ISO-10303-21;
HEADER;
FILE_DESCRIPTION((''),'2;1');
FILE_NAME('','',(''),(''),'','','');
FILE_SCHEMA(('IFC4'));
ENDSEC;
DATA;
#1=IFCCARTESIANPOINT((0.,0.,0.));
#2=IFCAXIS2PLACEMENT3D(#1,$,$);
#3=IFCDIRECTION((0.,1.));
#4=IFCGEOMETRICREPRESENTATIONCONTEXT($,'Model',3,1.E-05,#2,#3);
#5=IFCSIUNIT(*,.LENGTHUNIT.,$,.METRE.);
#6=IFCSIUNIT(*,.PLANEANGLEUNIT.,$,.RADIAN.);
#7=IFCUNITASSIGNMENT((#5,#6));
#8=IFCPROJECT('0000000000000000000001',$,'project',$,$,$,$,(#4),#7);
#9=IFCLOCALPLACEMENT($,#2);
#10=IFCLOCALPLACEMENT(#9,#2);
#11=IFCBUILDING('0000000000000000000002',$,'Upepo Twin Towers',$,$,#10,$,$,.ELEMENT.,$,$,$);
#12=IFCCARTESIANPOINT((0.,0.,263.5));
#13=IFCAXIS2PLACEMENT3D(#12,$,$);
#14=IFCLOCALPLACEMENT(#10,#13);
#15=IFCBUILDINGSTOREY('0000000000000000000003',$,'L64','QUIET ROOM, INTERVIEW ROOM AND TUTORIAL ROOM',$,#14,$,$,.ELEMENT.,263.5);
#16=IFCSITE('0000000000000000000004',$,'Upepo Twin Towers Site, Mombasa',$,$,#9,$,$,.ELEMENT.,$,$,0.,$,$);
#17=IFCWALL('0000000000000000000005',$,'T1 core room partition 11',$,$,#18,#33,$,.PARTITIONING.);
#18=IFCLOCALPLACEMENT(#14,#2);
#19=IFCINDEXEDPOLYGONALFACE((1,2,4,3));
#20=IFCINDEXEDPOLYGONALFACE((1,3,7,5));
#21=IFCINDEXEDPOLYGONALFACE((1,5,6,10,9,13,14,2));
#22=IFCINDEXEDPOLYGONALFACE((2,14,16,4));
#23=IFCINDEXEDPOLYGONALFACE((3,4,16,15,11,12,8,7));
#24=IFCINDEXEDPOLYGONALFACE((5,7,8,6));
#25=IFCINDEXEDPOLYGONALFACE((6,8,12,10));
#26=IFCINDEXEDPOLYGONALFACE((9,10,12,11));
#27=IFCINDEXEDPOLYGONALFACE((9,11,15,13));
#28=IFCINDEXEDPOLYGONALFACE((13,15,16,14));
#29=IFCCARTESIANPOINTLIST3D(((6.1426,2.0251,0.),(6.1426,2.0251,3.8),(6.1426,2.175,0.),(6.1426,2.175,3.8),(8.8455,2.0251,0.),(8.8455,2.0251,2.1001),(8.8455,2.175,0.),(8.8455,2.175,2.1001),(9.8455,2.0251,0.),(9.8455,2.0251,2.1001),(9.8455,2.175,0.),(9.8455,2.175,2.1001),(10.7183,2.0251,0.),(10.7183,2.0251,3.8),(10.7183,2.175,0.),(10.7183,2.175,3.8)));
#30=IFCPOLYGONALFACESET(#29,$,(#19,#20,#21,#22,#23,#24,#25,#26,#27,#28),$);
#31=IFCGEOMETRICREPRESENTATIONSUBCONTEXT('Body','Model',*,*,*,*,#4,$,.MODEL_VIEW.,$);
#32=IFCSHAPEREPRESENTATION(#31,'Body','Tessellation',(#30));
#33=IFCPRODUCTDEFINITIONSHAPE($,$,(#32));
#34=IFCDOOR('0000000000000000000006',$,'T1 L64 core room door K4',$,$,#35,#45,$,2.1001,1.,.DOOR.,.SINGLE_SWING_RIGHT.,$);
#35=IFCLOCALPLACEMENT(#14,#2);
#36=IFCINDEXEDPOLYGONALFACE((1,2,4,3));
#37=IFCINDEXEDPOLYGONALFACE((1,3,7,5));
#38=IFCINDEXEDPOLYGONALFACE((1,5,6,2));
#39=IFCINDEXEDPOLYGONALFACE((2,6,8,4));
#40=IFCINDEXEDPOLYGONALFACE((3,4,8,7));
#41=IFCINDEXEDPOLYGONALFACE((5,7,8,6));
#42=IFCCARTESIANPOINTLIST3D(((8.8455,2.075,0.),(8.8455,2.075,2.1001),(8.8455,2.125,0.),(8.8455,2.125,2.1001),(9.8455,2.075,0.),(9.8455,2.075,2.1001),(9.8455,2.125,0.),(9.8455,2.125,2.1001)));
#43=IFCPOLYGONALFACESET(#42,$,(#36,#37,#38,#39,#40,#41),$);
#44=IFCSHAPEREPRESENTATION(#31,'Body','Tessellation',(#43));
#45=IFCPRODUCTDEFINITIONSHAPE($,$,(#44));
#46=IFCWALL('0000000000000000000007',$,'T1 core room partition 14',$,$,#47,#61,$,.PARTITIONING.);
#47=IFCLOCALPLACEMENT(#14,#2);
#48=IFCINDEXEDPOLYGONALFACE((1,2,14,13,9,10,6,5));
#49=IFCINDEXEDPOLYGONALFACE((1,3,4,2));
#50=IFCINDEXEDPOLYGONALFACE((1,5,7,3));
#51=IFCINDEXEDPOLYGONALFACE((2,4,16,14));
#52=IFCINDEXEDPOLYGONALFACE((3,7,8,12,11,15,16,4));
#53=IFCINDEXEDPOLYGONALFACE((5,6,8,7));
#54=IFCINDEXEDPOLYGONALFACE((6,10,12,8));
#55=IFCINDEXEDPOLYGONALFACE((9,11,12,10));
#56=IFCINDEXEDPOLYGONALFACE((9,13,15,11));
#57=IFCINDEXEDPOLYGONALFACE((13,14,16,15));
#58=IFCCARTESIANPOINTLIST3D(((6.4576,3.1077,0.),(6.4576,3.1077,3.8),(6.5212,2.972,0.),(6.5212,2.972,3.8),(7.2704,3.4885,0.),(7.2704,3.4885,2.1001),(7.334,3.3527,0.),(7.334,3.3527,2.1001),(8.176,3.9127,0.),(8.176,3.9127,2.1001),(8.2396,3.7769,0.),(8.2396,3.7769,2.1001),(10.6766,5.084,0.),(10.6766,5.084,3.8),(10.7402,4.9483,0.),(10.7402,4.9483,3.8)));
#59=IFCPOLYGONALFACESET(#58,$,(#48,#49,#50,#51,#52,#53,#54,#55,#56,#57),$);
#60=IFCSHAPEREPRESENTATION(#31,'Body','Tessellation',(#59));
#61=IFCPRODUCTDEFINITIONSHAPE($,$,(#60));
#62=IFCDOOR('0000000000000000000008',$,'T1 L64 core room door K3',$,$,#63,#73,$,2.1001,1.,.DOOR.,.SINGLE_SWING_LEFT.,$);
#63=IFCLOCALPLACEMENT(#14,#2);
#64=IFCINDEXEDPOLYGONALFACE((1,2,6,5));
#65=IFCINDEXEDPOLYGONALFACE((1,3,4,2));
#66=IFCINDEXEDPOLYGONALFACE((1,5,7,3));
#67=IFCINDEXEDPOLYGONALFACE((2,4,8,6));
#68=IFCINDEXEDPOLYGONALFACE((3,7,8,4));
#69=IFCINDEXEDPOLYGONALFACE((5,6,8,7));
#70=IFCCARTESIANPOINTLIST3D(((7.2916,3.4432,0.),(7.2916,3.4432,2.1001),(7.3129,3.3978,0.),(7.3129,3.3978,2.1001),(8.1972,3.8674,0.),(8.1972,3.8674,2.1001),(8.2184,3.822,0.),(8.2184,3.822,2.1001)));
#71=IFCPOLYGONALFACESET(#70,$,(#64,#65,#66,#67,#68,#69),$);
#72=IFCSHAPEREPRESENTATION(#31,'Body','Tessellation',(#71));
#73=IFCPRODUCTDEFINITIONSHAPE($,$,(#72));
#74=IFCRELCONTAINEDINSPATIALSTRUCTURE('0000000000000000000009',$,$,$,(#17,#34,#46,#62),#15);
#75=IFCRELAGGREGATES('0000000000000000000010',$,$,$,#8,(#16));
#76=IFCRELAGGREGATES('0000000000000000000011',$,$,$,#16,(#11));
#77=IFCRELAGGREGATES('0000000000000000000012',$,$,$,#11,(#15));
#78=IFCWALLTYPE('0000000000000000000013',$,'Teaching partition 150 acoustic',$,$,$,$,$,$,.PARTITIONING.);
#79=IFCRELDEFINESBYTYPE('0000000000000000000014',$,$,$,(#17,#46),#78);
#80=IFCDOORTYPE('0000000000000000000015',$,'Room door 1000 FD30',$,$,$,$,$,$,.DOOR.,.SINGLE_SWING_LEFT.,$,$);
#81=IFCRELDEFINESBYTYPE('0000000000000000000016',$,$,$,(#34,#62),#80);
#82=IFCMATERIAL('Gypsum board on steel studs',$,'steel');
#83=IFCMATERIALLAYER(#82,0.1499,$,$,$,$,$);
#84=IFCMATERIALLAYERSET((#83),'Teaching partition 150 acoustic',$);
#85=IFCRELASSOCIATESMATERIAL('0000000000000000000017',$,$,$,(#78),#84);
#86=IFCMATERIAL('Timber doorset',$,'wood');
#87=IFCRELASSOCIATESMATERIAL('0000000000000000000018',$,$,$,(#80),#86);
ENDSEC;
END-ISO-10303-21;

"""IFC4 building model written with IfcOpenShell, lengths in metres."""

from ifc_helpers import new_model, si_unit, direction, frame, frame_2d, origin, place, context, subcontext, project, spatial, rectangle, extrude, material, layer, layer_set, type_object, element, fill, save


model = new_model("IFC4")

# Units and contexts
model_context = context("Model", 3, precision=1e-05, world=origin(), true_north=direction((0.0, 1.0)))
body_context = subcontext(model_context, "Body", "Model", "MODEL_VIEW")
ifc_project = project(units=[si_unit("LENGTHUNIT", "METRE"), si_unit("PLANEANGLEUNIT", "RADIAN")], contexts=[model_context])

# Site, building, storey
site_placement = place(None, origin())
site = spatial("IfcSite", under=ifc_project, at=site_placement, Name="Upepo Twin Towers Site, Mombasa", CompositionType="ELEMENT", RefElevation=0.0)
building_placement = place(site_placement, origin())
building = spatial("IfcBuilding", under=site, at=building_placement, Name="Upepo Twin Towers", CompositionType="ELEMENT")
storey_placement = place(building_placement, frame((0.0, 0.0, 263.5)))
storey = spatial("IfcBuildingStorey", under=building, at=storey_placement, Name="L64", Description="QUIET ROOM, INTERVIEW ROOM AND TUTORIAL ROOM", CompositionType="ELEMENT", Elevation=263.5)

# Shared definitions
ifc_material_1 = material(Name="Gypsum board on steel studs", Category="steel")
ifc_layer_1 = layer(ifc_material_1, 0.1499)
ifc_layer_set_1 = layer_set([ifc_layer_1], Name="Teaching partition 150 acoustic")
wall_type_1 = type_object("IfcWallType", Name="Teaching partition 150 acoustic", PredefinedType="PARTITIONING", material=ifc_layer_set_1)

# Walls, openings, doors
wall_1_placement = place(storey_placement, frame((6.1426, 2.1001, 0.0), z_axis=(0.0, 0.0, 1.0), x_axis=(1.0, 0.0, 0.0)))
wall_1 = element("IfcWall", 1, at=wall_1_placement, inside=storey, type_object=wall_type_1, Name="T1 core room partition 11", PredefinedType="PARTITIONING", context=body_context, shape_type="SweptSolid", body=[
    extrude(rectangle(XDim=4.5757, YDim=0.1499, at=frame_2d((2.2878, 0.0))), origin(), (0.0, 0.0, 1.0), 3.8),
])
opening_1_placement = place(wall_1_placement, frame((2.7029, 0.0, 0.0)))
opening_1 = element("IfcOpeningElement", 2, at=opening_1_placement, cuts=wall_1, PredefinedType="OPENING", context=body_context, shape_type="SweptSolid", body=[
    extrude(rectangle(XDim=1.0, YDim=2.1001, at=frame_2d((0.5, 1.05))), frame((0.0, 0.085, 0.0), z_axis=(0.0, -1.0, 0.0), x_axis=(1.0, 0.0, 0.0)), (0.0, 0.0, 1.0), 0.1699),
])
ifc_material_2 = material(Name="Timber doorset", Category="wood")
door_type_1 = type_object("IfcDoorType", Name="Room door 1000 FD30", OperationType="SINGLE_SWING_LEFT", PredefinedType="DOOR", material=ifc_material_2)
door_1_placement = place(opening_1_placement, origin())
door_1 = element("IfcDoor", 3, at=door_1_placement, inside=storey, type_object=door_type_1, Name="T1 L64 core room door K4", OperationType="SINGLE_SWING_RIGHT", OverallHeight=2.1001, OverallWidth=1.0, PredefinedType="DOOR", context=body_context, shape_type="SweptSolid", body=[
    extrude(rectangle(XDim=1.0, YDim=2.1001, at=frame_2d((0.5, 1.05))), frame((0.0, 0.0249, 0.0), z_axis=(0.0, -1.0, 0.0), x_axis=(1.0, 0.0, 0.0)), (0.0, 0.0, 1.0), 0.05),
])
fill(opening_1, door_1)
wall_2_placement = place(storey_placement, frame((6.4893, 3.0398, 0.0), z_axis=(0.0, 0.0, 1.0), x_axis=(0.905569, 0.424199, 0.0)))
wall_2 = element("IfcWall", 4, at=wall_2_placement, inside=storey, type_object=wall_type_1, Name="T1 core room partition 14", PredefinedType="PARTITIONING", context=body_context, shape_type="SweptSolid", body=[
    extrude(rectangle(XDim=4.6589, YDim=0.1499, at=frame_2d((2.3296, 0.0))), origin(), (0.0, 0.0, 1.0), 3.8),
])
opening_2_placement = place(wall_2_placement, frame((0.8977, 0.0, 0.0)))
opening_2 = element("IfcOpeningElement", 5, at=opening_2_placement, cuts=wall_2, PredefinedType="OPENING", context=body_context, shape_type="SweptSolid", body=[
    extrude(rectangle(XDim=1.0, YDim=2.1001, at=frame_2d((0.5, 1.05))), frame((0.0, 0.085, 0.0), z_axis=(0.0, -1.0, 0.0), x_axis=(1.0, 0.0, 0.0)), (0.0, 0.0, 1.0), 0.1699),
])
door_2_placement = place(opening_2_placement, origin())
door_2 = element("IfcDoor", 6, at=door_2_placement, inside=storey, type_object=door_type_1, Name="T1 L64 core room door K3", OperationType="SINGLE_SWING_LEFT", OverallHeight=2.1001, OverallWidth=1.0, PredefinedType="DOOR", context=body_context, shape_type="SweptSolid", body=[
    extrude(rectangle(XDim=1.0, YDim=2.1001, at=frame_2d((0.5, 1.05))), frame((0.0, 0.0249, 0.0), z_axis=(0.0, -1.0, 0.0), x_axis=(1.0, 0.0, 0.0)), (0.0, 0.0, 1.0), 0.05),
])
fill(opening_2, door_2)

save(model, "model.ifc")
